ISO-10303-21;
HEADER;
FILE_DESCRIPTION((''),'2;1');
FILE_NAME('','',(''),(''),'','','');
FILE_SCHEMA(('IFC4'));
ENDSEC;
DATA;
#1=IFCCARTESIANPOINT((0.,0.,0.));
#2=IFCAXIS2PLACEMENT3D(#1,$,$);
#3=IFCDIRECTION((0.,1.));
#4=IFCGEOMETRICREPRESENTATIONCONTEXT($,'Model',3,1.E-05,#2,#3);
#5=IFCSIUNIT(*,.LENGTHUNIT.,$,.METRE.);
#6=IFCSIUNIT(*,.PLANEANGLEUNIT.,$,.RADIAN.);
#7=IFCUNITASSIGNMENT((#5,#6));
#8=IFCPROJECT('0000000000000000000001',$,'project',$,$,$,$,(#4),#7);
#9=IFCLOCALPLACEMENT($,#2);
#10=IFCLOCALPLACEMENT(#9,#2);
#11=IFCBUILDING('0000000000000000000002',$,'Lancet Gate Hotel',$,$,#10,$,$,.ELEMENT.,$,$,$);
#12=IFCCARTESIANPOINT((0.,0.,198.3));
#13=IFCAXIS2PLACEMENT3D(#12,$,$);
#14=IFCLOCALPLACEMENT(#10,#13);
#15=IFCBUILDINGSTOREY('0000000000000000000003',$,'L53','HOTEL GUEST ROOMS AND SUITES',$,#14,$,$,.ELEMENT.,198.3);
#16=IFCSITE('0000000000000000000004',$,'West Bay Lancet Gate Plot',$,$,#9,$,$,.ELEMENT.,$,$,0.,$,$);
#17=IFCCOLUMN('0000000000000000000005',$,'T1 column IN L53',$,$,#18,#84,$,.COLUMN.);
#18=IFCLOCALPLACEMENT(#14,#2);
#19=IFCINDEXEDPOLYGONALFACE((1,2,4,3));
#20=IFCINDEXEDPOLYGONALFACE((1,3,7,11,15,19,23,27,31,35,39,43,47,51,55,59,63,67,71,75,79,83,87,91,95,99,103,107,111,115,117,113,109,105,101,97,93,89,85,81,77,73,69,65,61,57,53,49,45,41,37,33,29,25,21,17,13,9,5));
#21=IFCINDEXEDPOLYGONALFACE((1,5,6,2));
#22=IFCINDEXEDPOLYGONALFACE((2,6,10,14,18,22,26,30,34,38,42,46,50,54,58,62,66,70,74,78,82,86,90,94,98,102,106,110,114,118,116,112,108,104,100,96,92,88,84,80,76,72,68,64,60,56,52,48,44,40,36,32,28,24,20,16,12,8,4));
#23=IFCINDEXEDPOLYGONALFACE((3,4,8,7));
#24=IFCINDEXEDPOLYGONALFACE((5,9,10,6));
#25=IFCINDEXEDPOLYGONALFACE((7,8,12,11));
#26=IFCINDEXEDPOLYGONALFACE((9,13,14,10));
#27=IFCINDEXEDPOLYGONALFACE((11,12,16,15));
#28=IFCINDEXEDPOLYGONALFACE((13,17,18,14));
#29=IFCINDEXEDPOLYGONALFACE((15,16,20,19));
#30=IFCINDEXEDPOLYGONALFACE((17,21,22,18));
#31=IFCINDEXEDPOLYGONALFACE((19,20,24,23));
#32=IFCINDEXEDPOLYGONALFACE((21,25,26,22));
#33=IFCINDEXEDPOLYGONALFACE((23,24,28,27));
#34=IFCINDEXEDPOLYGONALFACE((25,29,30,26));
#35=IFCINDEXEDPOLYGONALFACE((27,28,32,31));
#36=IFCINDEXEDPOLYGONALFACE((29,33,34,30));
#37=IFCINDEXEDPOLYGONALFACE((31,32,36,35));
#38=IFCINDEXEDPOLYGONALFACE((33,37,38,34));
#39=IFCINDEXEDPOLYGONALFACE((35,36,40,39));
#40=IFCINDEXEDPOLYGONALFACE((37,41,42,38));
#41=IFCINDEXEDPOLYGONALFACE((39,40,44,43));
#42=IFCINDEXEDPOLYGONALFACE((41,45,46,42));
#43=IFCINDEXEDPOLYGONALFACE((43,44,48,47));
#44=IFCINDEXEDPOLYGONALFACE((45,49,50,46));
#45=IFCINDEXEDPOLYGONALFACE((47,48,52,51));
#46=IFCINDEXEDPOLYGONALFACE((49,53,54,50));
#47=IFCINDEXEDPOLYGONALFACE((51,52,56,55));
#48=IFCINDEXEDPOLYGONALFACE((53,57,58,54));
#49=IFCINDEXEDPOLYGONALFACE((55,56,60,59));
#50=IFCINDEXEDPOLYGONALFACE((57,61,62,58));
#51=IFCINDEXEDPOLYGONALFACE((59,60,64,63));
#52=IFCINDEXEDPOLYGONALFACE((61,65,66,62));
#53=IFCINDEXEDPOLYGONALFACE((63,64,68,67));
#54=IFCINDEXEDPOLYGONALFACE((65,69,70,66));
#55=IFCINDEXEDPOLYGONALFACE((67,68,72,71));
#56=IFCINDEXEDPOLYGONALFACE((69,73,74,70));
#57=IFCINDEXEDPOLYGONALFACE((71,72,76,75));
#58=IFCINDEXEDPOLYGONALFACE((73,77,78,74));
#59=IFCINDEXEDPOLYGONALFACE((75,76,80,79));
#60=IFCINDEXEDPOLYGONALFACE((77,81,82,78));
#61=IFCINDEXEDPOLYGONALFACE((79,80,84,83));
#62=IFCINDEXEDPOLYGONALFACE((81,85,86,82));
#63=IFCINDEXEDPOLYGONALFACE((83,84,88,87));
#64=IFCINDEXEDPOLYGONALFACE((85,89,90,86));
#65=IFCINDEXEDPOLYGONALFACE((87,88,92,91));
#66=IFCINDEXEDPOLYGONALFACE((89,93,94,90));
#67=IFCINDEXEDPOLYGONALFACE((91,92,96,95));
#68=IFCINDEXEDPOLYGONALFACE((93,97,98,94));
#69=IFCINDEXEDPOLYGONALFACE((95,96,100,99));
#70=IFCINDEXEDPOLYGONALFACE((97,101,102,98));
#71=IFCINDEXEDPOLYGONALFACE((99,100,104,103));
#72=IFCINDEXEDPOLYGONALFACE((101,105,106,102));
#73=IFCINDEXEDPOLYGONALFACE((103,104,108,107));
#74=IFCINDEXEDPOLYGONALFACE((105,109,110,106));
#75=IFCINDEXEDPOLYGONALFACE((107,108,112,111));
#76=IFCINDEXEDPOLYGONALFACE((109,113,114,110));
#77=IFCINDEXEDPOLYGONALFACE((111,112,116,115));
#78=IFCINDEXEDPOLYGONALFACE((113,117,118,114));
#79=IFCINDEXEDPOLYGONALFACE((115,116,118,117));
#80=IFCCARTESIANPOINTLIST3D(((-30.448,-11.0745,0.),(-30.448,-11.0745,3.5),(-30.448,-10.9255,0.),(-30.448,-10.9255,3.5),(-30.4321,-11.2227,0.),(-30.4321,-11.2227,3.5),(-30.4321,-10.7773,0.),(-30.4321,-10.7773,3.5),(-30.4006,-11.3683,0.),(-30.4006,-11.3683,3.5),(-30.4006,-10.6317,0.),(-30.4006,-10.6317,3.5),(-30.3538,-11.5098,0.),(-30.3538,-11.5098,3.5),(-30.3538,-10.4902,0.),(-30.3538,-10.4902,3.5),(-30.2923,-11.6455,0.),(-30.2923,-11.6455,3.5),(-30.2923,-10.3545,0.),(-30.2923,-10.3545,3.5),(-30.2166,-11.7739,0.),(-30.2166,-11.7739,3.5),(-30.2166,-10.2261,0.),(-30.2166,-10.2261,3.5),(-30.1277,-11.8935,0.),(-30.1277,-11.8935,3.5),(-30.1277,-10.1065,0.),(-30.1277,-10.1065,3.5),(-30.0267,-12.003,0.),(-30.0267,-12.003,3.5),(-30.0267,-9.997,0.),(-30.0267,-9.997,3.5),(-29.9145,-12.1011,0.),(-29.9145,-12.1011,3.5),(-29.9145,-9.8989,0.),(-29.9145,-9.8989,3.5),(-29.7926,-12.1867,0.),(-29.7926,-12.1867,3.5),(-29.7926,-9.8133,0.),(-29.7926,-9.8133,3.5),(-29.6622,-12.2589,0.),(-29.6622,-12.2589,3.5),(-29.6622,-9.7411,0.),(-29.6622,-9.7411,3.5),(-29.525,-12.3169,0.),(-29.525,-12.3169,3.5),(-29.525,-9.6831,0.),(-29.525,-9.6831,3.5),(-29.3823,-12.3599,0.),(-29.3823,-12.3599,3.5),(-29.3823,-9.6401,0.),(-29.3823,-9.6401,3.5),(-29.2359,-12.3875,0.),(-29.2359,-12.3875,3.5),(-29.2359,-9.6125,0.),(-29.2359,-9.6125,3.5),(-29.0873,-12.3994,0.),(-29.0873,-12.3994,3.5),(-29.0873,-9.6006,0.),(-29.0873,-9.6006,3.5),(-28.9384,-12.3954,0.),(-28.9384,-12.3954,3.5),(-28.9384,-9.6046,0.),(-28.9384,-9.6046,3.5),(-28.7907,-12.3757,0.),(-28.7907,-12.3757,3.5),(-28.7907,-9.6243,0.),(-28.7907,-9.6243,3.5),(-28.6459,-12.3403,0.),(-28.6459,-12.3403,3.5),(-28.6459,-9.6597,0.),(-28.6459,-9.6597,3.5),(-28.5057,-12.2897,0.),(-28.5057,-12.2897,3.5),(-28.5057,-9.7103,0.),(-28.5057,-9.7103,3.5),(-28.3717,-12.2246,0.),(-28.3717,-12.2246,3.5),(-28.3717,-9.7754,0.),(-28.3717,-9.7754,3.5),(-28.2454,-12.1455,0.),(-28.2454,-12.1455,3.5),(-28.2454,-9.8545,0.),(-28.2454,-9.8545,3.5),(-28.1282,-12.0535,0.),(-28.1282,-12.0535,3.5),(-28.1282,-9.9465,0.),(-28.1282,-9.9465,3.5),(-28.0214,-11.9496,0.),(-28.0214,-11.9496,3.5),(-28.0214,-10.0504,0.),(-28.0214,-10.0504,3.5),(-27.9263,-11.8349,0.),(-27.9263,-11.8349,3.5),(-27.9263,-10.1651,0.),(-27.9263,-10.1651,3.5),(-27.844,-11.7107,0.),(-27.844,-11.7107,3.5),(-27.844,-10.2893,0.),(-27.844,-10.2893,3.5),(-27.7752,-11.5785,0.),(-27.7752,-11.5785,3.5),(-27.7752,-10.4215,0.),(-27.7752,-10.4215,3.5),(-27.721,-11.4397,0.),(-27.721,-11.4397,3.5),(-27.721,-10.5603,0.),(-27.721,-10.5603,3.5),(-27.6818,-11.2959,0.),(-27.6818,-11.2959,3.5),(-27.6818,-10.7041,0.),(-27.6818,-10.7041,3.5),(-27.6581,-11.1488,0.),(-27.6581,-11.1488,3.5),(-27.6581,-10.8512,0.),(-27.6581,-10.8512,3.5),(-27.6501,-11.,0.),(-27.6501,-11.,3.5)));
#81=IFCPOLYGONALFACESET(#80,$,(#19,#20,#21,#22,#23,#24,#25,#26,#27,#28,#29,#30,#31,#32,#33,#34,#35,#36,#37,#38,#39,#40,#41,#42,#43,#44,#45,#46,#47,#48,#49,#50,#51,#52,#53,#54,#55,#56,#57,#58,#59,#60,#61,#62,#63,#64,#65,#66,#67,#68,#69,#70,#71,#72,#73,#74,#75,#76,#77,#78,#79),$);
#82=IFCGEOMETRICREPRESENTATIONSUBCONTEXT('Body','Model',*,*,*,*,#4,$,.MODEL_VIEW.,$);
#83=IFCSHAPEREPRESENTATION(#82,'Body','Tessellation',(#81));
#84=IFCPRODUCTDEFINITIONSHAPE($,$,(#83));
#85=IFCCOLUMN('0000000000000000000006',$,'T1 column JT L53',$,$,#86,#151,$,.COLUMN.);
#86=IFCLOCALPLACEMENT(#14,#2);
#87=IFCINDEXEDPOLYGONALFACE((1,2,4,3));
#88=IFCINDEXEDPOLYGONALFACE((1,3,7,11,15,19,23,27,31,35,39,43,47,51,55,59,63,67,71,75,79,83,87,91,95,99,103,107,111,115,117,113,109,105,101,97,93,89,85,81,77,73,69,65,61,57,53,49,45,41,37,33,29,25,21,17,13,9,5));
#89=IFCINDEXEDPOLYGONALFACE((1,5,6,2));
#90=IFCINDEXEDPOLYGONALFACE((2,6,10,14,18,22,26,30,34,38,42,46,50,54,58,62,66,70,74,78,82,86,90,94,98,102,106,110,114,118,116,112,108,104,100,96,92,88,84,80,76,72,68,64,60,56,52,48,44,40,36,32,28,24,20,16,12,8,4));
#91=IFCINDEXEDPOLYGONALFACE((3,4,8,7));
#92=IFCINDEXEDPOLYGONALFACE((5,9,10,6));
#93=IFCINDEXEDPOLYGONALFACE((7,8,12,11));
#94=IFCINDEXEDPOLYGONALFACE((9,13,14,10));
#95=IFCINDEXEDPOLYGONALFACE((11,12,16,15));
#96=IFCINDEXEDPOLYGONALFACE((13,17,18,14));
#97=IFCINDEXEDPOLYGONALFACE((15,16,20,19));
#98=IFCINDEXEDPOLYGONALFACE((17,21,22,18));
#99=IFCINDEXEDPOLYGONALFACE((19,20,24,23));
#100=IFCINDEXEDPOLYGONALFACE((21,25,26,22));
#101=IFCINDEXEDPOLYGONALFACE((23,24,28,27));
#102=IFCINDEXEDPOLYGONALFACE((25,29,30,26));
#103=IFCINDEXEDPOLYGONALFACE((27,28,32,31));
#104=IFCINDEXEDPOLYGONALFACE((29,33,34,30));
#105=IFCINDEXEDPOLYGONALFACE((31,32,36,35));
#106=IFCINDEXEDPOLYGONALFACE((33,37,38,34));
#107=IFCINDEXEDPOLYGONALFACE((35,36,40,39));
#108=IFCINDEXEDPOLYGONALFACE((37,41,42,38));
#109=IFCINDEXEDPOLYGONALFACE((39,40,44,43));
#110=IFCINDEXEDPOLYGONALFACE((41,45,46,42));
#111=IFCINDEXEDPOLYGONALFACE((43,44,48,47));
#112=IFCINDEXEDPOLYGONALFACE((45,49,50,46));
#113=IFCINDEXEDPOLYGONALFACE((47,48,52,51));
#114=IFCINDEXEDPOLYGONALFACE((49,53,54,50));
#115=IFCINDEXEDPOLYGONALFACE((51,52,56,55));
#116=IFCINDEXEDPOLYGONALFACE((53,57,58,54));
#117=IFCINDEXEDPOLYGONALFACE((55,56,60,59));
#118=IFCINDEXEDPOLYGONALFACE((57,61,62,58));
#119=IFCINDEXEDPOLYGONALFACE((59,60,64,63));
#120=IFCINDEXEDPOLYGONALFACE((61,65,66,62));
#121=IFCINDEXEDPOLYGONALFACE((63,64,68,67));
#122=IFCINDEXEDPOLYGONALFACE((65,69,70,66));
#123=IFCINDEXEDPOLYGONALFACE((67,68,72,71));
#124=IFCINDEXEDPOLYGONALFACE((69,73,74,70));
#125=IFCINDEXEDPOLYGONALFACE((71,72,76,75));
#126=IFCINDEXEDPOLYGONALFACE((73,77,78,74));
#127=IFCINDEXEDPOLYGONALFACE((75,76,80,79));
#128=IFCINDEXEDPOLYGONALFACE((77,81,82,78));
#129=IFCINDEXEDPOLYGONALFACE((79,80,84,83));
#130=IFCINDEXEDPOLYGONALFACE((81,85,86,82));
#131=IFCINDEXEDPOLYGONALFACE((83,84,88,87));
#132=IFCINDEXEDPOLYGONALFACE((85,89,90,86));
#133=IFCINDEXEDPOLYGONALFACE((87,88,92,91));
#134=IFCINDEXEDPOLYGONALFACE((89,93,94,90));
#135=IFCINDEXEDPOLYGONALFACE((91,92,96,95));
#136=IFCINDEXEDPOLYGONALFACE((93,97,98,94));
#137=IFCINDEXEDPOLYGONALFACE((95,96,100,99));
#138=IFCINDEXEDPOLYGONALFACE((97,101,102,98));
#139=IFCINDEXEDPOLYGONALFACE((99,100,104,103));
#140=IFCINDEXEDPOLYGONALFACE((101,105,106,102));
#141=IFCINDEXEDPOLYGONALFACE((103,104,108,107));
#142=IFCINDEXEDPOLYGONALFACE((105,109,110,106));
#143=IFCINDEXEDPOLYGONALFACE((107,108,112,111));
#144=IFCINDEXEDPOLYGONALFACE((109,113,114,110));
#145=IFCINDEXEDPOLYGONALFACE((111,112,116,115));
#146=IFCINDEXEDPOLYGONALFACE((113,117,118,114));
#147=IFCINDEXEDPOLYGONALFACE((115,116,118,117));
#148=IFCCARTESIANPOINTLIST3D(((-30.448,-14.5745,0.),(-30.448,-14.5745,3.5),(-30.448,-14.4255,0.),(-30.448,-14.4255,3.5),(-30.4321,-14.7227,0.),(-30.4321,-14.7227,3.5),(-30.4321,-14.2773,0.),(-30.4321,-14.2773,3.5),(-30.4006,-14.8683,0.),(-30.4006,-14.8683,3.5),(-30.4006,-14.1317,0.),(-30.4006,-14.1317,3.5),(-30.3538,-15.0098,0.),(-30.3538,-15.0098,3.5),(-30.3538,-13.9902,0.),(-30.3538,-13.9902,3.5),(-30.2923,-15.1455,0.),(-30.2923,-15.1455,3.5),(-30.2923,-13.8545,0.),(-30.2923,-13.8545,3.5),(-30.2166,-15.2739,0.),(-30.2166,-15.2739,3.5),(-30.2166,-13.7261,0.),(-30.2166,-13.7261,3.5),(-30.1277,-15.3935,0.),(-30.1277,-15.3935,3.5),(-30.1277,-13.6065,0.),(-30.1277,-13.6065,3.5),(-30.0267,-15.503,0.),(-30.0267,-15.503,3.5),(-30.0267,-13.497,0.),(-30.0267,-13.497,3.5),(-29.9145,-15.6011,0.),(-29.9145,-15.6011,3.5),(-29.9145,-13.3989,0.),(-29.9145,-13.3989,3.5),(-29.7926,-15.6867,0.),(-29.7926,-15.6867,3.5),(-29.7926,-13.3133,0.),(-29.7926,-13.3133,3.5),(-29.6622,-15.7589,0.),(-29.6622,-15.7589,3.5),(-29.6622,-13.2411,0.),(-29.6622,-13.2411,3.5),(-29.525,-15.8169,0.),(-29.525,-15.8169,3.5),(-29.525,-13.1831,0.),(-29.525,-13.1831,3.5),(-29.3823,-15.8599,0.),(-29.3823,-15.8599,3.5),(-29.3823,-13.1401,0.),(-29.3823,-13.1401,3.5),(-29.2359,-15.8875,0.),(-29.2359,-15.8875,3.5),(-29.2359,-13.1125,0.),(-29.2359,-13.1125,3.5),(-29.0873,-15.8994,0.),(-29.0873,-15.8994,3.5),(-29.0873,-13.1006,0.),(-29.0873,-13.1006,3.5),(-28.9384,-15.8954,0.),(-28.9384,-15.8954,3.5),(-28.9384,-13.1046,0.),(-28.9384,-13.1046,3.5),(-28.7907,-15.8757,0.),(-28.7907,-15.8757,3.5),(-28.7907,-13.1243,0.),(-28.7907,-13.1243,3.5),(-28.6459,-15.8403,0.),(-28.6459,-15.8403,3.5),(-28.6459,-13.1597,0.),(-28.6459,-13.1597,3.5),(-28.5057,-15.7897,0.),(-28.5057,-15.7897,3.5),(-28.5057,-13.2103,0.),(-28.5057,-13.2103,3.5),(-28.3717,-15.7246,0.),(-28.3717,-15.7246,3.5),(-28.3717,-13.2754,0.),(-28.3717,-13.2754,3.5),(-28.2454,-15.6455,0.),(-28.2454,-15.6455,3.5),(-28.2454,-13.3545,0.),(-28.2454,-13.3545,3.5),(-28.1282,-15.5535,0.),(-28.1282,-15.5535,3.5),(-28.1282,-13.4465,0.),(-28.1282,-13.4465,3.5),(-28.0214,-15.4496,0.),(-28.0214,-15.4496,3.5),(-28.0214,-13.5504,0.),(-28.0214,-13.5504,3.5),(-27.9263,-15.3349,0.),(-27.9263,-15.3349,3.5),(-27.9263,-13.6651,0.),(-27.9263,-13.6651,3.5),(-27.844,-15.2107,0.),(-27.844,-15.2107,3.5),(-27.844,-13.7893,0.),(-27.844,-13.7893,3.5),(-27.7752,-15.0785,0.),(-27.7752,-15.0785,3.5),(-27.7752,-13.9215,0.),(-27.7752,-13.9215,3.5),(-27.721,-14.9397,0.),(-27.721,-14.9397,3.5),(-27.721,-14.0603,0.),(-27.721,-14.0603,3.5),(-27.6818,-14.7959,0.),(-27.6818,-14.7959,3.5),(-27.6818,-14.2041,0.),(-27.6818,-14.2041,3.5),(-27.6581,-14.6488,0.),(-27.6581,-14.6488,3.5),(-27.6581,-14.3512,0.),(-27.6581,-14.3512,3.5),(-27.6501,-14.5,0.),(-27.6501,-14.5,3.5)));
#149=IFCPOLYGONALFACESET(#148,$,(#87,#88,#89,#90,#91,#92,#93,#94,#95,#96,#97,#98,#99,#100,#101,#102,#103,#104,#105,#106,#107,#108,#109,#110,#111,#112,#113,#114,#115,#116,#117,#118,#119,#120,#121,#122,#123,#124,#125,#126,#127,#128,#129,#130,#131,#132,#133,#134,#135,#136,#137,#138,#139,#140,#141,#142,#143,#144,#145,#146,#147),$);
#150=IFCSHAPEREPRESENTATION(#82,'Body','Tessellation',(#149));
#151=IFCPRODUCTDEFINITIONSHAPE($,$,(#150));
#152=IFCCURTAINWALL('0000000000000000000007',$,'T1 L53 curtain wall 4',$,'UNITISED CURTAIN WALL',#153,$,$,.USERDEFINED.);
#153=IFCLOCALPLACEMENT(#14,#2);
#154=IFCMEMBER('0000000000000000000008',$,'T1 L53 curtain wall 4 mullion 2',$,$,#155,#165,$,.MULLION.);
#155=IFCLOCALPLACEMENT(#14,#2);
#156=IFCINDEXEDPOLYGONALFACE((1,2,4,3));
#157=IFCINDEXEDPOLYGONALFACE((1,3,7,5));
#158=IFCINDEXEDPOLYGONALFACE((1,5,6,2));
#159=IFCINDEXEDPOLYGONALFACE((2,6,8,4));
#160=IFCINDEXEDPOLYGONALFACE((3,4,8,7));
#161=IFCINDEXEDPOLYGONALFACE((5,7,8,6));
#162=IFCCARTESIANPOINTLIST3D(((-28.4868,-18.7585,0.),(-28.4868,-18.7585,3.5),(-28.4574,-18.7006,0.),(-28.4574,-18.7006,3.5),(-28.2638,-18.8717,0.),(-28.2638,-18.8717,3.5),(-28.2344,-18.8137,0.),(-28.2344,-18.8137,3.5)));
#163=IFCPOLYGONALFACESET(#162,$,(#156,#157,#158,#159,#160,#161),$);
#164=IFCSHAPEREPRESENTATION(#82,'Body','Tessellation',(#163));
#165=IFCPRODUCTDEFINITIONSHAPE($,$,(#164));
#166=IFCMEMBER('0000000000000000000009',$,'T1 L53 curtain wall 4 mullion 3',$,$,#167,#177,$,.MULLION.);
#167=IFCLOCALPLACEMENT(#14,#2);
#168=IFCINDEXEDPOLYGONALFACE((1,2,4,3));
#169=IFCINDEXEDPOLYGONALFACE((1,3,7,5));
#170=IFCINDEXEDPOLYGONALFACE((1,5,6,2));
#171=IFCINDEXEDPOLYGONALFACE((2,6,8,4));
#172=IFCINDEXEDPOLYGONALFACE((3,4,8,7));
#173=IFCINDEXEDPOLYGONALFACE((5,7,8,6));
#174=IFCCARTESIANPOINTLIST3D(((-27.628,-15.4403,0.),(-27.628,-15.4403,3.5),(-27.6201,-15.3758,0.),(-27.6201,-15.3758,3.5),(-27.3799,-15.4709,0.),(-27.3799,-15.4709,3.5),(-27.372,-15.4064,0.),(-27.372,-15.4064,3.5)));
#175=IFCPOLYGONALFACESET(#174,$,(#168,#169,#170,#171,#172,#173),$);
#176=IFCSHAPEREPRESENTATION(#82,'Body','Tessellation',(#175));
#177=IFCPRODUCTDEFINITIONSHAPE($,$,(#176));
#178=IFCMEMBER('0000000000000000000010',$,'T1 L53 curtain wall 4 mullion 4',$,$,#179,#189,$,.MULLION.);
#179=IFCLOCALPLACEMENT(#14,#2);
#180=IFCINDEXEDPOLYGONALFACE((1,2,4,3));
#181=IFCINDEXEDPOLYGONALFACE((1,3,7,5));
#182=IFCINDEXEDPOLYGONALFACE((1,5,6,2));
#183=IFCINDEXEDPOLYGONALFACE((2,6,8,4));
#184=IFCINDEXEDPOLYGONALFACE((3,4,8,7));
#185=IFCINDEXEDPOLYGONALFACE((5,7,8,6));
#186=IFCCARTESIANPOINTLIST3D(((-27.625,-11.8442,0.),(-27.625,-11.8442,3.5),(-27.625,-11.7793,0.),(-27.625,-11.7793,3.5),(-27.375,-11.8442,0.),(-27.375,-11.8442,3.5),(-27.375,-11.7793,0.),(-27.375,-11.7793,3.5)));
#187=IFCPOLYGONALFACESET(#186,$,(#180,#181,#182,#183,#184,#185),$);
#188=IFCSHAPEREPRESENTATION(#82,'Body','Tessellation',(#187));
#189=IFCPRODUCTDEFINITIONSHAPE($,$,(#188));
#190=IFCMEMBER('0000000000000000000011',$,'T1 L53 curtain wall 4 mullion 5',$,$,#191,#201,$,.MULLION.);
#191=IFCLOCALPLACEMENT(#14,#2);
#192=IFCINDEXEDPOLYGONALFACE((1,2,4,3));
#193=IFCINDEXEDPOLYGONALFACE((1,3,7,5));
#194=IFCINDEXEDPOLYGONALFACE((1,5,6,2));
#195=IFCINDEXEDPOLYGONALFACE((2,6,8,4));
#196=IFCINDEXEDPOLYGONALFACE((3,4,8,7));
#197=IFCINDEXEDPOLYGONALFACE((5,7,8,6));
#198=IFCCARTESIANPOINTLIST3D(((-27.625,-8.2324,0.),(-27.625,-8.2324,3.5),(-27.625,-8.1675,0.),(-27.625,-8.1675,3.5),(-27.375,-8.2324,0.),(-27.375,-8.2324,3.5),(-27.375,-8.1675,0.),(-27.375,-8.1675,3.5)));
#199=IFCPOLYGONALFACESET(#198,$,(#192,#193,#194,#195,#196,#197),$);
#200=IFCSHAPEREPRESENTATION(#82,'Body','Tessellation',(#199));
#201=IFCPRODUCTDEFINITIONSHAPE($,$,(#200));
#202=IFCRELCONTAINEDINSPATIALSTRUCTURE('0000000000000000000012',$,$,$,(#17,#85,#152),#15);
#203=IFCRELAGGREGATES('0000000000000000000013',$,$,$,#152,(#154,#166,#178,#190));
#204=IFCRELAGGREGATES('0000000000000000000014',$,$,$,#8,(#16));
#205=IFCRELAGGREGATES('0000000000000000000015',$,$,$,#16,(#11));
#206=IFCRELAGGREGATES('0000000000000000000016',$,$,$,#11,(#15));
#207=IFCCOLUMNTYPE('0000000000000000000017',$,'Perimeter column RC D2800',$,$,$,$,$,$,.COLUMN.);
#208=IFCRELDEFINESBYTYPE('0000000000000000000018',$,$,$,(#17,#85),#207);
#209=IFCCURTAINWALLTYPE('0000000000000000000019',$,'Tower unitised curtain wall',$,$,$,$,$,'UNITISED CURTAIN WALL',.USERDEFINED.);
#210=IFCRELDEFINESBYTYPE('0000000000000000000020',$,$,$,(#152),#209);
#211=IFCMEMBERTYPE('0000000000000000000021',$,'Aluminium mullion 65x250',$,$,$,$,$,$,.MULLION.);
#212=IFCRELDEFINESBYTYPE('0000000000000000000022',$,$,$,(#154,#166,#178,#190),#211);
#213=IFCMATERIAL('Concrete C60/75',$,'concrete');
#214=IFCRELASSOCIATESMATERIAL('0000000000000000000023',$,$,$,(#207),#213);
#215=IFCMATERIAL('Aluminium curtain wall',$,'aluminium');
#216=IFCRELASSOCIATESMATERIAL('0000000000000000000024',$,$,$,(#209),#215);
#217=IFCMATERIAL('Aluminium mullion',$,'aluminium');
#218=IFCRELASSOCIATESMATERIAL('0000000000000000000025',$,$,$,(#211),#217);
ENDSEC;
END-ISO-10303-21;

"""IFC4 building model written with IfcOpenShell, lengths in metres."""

from ifc_helpers import new_model, si_unit, direction, frame, origin, origin_2d, place, context, subcontext, project, spatial, rectangle, circle, extrude, material, material_profile, profile_set, type_object, element, aggregate, save


model = new_model("IFC4")

# Units and contexts
model_context = context("Model", 3, precision=1e-05, world=origin(), true_north=direction((0.0, 1.0)))
body_context = subcontext(model_context, "Body", "Model", "MODEL_VIEW")
ifc_project = project(units=[si_unit("LENGTHUNIT", "METRE"), si_unit("PLANEANGLEUNIT", "RADIAN")], contexts=[model_context])

# Site, building, storey
site_placement = place(None, origin())
site = spatial("IfcSite", under=ifc_project, at=site_placement, Name="West Bay Lancet Gate Plot", CompositionType="ELEMENT", RefElevation=0.0)
building_placement = place(site_placement, origin())
building = spatial("IfcBuilding", under=site, at=building_placement, Name="Lancet Gate Hotel", CompositionType="ELEMENT")
storey_placement = place(building_placement, frame((0.0, 0.0, 198.3)))
storey = spatial("IfcBuildingStorey", under=building, at=storey_placement, Name="L53", Description="HOTEL GUEST ROOMS AND SUITES", CompositionType="ELEMENT", Elevation=198.3)

# Columns
ifc_material_1 = material(Name="Concrete C60/75", Category="concrete")
ifc_material_profile_1 = material_profile(ifc_material_1, circle(Radius=1.3999, at=origin_2d()), Name="RC D2800")
ifc_profile_set_1 = profile_set([ifc_material_profile_1], Name="Concrete C60/75")
column_type = type_object("IfcColumnType", Name="Perimeter column RC D2800", PredefinedType="COLUMN", material=ifc_profile_set_1)
for number, where, z_axis, x_axis, name in (
    (1, (-29.05, -11.0, 0.0), (0.0, 0.0, 1.0), (1.0, 0.0, 0.0), "T1 column IN L53"),
    (2, (-29.05, -14.5, 0.0), (0.0, 0.0, 1.0), (1.0, 0.0, 0.0), "T1 column JT L53"),
):
    element("IfcColumn", number, at=place(storey_placement, frame(where, z_axis=z_axis, x_axis=x_axis)), inside=storey, type_object=column_type, Name=name, PredefinedType="COLUMN", context=body_context, shape_type="SweptSolid", body=[
        extrude(circle(Radius=1.3999, at=origin_2d()), origin(), (0.0, 0.0, 1.0), 3.5),
    ])

# Curtain wall, members
ifc_material_2 = material(Name="Aluminium curtain wall", Category="aluminium")
curtain_wall_type = type_object("IfcCurtainWallType", Name="Tower unitised curtain wall", ElementType="UNITISED CURTAIN WALL", PredefinedType="USERDEFINED", material=ifc_material_2)
curtain_wall_placement = place(storey_placement, origin())
curtain_wall = element("IfcCurtainWall", 3, at=curtain_wall_placement, inside=storey, type_object=curtain_wall_type, Name="T1 L53 curtain wall 4", ObjectType="UNITISED CURTAIN WALL", PredefinedType="USERDEFINED")
ifc_material_3 = material(Name="Aluminium mullion", Category="aluminium")
ifc_material_profile_2 = material_profile(ifc_material_3, rectangle(XDim=0.0649, YDim=0.25, at=origin_2d()), Name="MULLION 65x250")
ifc_profile_set_2 = profile_set([ifc_material_profile_2], Name="Aluminium mullion")
member_type_1 = type_object("IfcMemberType", Name="Aluminium mullion 65x250", PredefinedType="MULLION", material=ifc_profile_set_2)
member_1_placement = place(storey_placement, frame((-28.3606, -18.7861, 0.0), z_axis=(0.0, 0.0, 1.0), x_axis=(0.452508, 0.891761, 0.0)))
member_1 = element("IfcMember", 4, at=member_1_placement, type_object=member_type_1, Name="T1 L53 curtain wall 4 mullion 2", PredefinedType="MULLION", context=body_context, shape_type="SweptSolid", body=[
    extrude(rectangle(XDim=0.0649, YDim=0.25, at=origin_2d()), origin(), (0.0, 0.0, 1.0), 3.5),
])
member_2_placement = place(storey_placement, frame((-27.5, -15.4233, 0.0), z_axis=(0.0, 0.0, 1.0), x_axis=(0.122467, 0.992473, 0.0)))
member_2 = element("IfcMember", 5, at=member_2_placement, type_object=member_type_1, Name="T1 L53 curtain wall 4 mullion 3", PredefinedType="MULLION", context=body_context, shape_type="SweptSolid", body=[
    extrude(rectangle(XDim=0.0649, YDim=0.25, at=origin_2d()), origin(), (0.0, 0.0, 1.0), 3.5),
])
member_3_placement = place(storey_placement, frame((-27.5, -11.8118, 0.0), z_axis=(0.0, 0.0, 1.0), x_axis=(0.0, 1.0, 0.0)))
member_3 = element("IfcMember", 6, at=member_3_placement, type_object=member_type_1, Name="T1 L53 curtain wall 4 mullion 4", PredefinedType="MULLION", context=body_context, shape_type="SweptSolid", body=[
    extrude(rectangle(XDim=0.0649, YDim=0.25, at=origin_2d()), origin(), (0.0, 0.0, 1.0), 3.5),
])
member_4_placement = place(storey_placement, frame((-27.5, -8.2, 0.0), z_axis=(0.0, 0.0, 1.0), x_axis=(0.0, 1.0, 0.0)))
member_4 = element("IfcMember", 7, at=member_4_placement, type_object=member_type_1, Name="T1 L53 curtain wall 4 mullion 5", PredefinedType="MULLION", context=body_context, shape_type="SweptSolid", body=[
    extrude(rectangle(XDim=0.0649, YDim=0.25, at=origin_2d()), origin(), (0.0, 0.0, 1.0), 3.5),
])

aggregate(curtain_wall, [member_1, member_2, member_3, member_4])

save(model, "model.ifc")
